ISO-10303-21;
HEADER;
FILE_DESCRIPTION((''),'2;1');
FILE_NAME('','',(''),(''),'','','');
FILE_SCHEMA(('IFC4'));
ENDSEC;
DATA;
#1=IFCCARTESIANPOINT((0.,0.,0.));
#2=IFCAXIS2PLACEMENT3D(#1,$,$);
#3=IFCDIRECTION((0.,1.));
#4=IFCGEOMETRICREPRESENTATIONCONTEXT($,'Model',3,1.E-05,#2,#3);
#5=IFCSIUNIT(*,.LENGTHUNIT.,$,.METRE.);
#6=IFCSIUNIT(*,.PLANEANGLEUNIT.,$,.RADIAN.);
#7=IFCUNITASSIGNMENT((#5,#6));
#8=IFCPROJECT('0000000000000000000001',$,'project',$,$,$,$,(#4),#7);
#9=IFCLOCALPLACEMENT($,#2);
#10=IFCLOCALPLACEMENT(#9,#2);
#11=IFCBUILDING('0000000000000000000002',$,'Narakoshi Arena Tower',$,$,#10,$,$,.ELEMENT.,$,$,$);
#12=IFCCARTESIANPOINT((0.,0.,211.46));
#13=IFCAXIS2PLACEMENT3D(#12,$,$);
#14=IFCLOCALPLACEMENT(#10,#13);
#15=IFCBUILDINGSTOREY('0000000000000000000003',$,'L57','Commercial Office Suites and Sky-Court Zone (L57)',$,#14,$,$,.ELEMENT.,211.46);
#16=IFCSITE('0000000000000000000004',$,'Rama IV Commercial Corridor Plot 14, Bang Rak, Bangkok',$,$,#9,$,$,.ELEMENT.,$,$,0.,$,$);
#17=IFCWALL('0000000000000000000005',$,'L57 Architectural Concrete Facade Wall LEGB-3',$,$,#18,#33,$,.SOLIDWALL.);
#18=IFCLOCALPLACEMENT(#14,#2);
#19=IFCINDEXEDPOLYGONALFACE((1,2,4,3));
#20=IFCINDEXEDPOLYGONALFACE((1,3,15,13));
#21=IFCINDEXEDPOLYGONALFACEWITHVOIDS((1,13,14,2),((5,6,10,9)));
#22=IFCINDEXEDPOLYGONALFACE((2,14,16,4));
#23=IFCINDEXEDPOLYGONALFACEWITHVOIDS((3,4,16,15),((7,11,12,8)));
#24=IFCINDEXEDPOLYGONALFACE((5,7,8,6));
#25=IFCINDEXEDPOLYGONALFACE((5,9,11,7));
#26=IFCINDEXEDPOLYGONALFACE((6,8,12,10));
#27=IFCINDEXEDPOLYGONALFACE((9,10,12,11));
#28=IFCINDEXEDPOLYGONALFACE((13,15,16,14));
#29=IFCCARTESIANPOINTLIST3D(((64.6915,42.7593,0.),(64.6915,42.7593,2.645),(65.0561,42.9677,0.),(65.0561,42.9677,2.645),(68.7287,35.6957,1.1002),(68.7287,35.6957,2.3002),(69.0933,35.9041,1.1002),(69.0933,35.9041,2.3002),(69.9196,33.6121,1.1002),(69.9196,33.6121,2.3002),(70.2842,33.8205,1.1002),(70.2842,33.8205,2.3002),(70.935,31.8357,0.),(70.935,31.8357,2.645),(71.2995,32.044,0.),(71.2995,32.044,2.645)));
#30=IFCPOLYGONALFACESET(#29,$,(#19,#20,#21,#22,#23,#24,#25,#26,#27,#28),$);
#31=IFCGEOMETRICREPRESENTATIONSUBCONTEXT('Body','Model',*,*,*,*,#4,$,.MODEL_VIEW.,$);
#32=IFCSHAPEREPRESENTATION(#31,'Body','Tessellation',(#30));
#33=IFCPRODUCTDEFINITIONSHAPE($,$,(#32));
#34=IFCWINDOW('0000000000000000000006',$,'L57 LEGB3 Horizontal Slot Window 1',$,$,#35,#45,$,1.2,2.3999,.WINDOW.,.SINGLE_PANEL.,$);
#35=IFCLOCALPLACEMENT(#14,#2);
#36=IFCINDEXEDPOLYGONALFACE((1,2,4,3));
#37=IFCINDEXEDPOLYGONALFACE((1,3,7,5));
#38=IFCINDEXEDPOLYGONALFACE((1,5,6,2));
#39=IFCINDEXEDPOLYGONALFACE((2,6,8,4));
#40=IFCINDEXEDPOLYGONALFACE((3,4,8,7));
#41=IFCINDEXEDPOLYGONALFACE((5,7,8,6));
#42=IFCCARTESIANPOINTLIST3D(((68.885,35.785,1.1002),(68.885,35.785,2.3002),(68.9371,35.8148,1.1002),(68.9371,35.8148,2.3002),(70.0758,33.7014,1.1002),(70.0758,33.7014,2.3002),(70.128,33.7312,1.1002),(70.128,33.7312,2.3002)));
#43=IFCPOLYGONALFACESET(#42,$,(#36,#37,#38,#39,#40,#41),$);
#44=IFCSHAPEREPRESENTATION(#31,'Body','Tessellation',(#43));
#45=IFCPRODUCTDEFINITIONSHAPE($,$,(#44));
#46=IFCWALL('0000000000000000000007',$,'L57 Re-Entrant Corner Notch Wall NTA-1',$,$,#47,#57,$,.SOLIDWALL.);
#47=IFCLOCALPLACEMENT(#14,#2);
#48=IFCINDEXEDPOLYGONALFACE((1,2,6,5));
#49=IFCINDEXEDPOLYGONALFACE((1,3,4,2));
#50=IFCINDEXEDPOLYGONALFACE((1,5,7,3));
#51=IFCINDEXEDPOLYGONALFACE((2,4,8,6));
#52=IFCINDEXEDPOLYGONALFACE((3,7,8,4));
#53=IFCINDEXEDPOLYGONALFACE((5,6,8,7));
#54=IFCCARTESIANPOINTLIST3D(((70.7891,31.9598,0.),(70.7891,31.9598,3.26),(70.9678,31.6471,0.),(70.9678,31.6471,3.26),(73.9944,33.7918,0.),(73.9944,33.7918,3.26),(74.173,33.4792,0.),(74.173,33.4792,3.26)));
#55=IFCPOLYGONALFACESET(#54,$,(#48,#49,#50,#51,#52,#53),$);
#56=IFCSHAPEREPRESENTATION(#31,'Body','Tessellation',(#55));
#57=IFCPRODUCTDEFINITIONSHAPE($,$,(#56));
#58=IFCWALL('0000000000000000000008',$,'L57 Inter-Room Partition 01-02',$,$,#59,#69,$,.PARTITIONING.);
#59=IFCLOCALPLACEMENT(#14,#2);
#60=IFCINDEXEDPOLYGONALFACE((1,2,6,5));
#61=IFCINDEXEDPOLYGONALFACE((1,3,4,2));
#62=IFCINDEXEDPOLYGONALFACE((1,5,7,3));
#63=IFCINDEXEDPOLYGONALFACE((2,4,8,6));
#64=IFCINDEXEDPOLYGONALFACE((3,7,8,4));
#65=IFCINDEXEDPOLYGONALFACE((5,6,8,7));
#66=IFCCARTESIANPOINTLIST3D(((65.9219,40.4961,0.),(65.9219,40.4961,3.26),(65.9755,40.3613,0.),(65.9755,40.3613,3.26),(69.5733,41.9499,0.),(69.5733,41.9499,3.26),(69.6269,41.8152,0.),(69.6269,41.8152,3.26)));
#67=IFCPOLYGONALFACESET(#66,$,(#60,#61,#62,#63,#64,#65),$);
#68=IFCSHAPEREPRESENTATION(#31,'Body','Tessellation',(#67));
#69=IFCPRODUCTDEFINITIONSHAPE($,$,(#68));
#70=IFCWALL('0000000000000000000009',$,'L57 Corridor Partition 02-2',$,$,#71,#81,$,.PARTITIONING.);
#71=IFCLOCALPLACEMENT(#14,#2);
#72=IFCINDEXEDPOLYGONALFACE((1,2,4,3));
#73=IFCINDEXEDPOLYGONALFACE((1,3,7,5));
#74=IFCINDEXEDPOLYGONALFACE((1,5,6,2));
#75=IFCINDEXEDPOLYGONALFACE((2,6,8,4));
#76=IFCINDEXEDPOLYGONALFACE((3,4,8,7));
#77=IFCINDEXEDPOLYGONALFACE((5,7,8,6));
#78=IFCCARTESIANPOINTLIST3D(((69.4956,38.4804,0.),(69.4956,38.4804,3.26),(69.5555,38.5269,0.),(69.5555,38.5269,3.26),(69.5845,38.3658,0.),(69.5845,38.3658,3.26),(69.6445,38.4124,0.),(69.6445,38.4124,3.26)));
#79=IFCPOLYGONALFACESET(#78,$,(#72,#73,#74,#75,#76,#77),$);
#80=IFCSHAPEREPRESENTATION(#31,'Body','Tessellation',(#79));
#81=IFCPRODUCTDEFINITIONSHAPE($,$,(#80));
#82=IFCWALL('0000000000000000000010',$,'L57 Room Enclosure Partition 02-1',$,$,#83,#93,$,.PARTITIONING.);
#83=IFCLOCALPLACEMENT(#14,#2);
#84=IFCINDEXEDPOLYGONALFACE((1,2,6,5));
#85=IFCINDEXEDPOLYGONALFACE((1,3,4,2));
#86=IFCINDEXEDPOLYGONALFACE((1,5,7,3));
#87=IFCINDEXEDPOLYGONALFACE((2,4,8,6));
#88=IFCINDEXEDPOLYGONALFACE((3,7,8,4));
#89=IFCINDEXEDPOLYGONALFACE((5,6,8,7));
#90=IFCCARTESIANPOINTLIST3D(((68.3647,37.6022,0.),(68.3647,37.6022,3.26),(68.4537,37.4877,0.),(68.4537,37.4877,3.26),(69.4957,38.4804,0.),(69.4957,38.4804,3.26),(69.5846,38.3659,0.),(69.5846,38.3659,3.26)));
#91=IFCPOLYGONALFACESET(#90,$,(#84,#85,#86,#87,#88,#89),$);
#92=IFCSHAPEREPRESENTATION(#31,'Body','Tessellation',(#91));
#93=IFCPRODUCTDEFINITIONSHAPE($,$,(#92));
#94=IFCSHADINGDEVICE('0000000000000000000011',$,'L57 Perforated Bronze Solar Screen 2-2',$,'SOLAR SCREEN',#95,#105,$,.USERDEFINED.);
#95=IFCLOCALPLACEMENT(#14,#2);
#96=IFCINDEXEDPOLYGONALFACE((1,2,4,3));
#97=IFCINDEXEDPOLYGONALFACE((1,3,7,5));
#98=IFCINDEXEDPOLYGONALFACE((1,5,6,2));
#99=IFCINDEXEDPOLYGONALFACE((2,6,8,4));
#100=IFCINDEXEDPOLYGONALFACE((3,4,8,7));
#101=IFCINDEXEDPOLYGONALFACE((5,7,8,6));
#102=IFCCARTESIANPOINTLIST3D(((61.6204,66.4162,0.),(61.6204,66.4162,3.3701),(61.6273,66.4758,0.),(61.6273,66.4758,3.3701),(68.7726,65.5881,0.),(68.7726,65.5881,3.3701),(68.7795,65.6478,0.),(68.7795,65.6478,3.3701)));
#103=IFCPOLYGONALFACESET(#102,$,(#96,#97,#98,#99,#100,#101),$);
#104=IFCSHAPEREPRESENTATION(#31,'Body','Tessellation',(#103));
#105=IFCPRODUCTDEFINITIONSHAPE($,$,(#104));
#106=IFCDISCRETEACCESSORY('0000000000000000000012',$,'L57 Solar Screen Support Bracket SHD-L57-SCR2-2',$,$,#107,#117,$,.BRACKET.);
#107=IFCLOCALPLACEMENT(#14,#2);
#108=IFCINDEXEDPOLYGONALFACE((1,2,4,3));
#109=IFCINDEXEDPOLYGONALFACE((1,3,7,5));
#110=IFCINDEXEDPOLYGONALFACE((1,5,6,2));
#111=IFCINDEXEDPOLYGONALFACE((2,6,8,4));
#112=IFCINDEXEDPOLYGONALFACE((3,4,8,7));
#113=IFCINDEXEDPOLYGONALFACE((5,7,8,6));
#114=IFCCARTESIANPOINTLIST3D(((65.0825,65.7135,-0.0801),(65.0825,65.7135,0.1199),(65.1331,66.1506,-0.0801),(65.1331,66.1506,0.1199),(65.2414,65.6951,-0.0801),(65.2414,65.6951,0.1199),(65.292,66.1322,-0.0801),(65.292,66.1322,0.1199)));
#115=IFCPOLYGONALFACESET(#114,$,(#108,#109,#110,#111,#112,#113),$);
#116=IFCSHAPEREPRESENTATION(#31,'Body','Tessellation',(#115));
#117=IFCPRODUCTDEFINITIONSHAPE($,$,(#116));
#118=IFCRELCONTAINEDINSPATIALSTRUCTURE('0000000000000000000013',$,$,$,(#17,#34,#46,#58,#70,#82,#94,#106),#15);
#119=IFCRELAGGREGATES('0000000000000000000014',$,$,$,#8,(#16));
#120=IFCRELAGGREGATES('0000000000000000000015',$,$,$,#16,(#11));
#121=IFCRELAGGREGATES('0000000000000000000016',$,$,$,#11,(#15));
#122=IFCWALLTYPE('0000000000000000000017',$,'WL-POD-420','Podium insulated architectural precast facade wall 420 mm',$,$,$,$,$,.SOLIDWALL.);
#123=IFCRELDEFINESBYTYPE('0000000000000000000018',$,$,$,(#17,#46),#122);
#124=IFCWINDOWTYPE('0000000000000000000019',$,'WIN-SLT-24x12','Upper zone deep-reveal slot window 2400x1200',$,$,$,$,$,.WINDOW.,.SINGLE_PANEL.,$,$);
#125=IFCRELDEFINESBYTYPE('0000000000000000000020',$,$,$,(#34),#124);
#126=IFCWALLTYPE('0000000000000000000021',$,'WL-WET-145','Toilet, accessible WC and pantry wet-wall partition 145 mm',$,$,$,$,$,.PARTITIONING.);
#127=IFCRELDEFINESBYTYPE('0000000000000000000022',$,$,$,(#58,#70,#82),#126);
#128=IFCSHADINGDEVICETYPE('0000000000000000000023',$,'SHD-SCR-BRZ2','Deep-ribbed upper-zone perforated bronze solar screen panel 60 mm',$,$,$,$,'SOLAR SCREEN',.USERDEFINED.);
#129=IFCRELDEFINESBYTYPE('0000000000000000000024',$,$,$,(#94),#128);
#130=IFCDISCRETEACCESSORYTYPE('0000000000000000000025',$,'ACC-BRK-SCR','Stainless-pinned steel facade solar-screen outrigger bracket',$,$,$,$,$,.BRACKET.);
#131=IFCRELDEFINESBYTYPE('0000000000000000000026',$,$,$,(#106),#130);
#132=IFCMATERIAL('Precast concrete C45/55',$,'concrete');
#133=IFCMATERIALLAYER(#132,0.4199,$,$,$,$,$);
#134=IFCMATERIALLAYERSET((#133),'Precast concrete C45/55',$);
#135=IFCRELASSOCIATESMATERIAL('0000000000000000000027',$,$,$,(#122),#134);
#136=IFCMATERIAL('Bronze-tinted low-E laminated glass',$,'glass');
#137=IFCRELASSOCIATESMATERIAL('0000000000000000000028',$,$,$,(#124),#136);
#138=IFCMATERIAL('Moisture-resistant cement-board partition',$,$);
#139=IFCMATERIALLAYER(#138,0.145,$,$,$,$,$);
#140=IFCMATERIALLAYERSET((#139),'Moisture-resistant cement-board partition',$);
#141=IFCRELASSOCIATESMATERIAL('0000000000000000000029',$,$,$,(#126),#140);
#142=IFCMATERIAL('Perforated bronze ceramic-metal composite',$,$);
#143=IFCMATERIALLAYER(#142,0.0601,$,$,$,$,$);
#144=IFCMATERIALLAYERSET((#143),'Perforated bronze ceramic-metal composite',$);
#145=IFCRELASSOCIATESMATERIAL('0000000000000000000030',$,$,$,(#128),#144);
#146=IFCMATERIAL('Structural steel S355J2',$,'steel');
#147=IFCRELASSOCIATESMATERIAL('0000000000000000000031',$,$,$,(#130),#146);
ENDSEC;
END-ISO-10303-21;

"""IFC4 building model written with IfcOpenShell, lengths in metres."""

from ifc_helpers import new_model, si_unit, direction, frame, frame_2d, origin, origin_2d, place, context, subcontext, project, spatial, rectangle, extrude, material, layer, layer_set, type_object, element, fill, save


model = new_model("IFC4")

# Units and contexts
model_context = context("Model", 3, precision=1e-05, world=origin(), true_north=direction((0.0, 1.0)))
body_context = subcontext(model_context, "Body", "Model", "MODEL_VIEW")
ifc_project = project(units=[si_unit("LENGTHUNIT", "METRE"), si_unit("PLANEANGLEUNIT", "RADIAN")], contexts=[model_context])

# Site, building, storey
site_placement = place(None, origin())
site = spatial("IfcSite", under=ifc_project, at=site_placement, Name="Rama IV Commercial Corridor Plot 14, Bang Rak, Bangkok", CompositionType="ELEMENT", RefElevation=0.0)
building_placement = place(site_placement, origin())
building = spatial("IfcBuilding", under=site, at=building_placement, Name="Narakoshi Arena Tower", CompositionType="ELEMENT")
storey_placement = place(building_placement, frame((0.0, 0.0, 211.46)))
storey = spatial("IfcBuildingStorey", under=building, at=storey_placement, Name="L57", Description="Commercial Office Suites and Sky-Court Zone (L57)", CompositionType="ELEMENT", Elevation=211.46)

# Shared definitions
ifc_material_1 = material(Name="Structural steel S355J2", Category="steel")

# Shared definitions
ifc_material_2 = material(Name="Bronze-tinted low-E laminated glass", Category="glass")

# Wall, opening, window
ifc_material_3 = material(Name="Precast concrete C45/55", Category="concrete")
ifc_layer_1 = layer(ifc_material_3, 0.4199)
ifc_layer_set_1 = layer_set([ifc_layer_1], Name="Precast concrete C45/55")
wall_type_1 = type_object("IfcWallType", Name="WL-POD-420", Description="Podium insulated architectural precast facade wall 420 mm", PredefinedType="SOLIDWALL", material=ifc_layer_set_1)
wall_1_placement = place(storey_placement, frame((64.8738, 42.8635, 0.0), z_axis=(0.0, 0.0, 1.0), x_axis=(0.49622, -0.868197, 0.0)))
wall_1 = element("IfcWall", 1, at=wall_1_placement, inside=storey, type_object=wall_type_1, Name="L57 Architectural Concrete Facade Wall LEGB-3", PredefinedType="SOLIDWALL", context=body_context, shape_type="SweptSolid", body=[
    extrude(rectangle(XDim=12.582, YDim=0.4199, at=frame_2d((6.291, 0.0))), origin(), (0.0, 0.0, 1.0), 2.645),
])
opening_1_placement = place(wall_1_placement, frame((8.136, 0.0, 1.1001)))
opening_1 = element("IfcOpeningElement", 2, at=opening_1_placement, cuts=wall_1, PredefinedType="OPENING", context=body_context, shape_type="SweptSolid", body=[
    extrude(rectangle(XDim=2.3999, YDim=1.2, at=frame_2d((1.2, 0.6001))), frame((0.0, 0.22, 0.0), z_axis=(0.0, -1.0, 0.0), x_axis=(1.0, 0.0, 0.0)), (0.0, 0.0, 1.0), 0.4399),
])
window_type = type_object("IfcWindowType", Name="WIN-SLT-24x12", Description="Upper zone deep-reveal slot window 2400x1200", PartitioningType="SINGLE_PANEL", PredefinedType="WINDOW", material=ifc_material_2)
window_placement = place(opening_1_placement, origin())
window = element("IfcWindow", 3, at=window_placement, inside=storey, type_object=window_type, Name="L57 LEGB3 Horizontal Slot Window 1", OverallHeight=1.2, OverallWidth=2.3999, PartitioningType="SINGLE_PANEL", PredefinedType="WINDOW", context=body_context, shape_type="SweptSolid", body=[
    extrude(rectangle(XDim=2.3999, YDim=1.2, at=frame_2d((1.2, 0.6001))), frame((0.0, 0.03, 0.0), z_axis=(0.0, -1.0, 0.0), x_axis=(1.0, 0.0, 0.0)), (0.0, 0.0, 1.0), 0.0601),
])
fill(opening_1, window)

# Walls
wall_2_placement = place(storey_placement, frame((70.8784, 31.8035, 0.0), z_axis=(0.0, 0.0, 1.0), x_axis=(0.868194, 0.496224, 0.0)))
element("IfcWall", 4, at=wall_2_placement, inside=storey, type_object=wall_type_1, Name="L57 Re-Entrant Corner Notch Wall NTA-1", PredefinedType="SOLIDWALL", context=body_context, shape_type="SweptSolid", body=[
    extrude(rectangle(XDim=3.6919, YDim=0.3601, at=frame_2d((1.8459, 0.0))), origin(), (0.0, 0.0, 1.0), 3.26),
])
ifc_material_4 = material(Name="Moisture-resistant cement-board partition")
ifc_layer_2 = layer(ifc_material_4, 0.145)
ifc_layer_set_2 = layer_set([ifc_layer_2], Name="Moisture-resistant cement-board partition")
wall_type_2 = type_object("IfcWallType", Name="WL-WET-145", Description="Toilet, accessible WC and pantry wet-wall partition 145 mm", PredefinedType="PARTITIONING", material=ifc_layer_set_2)
wall_3_placement = place(storey_placement, frame((69.6001, 41.8826, 0.0), z_axis=(0.0, 0.0, 1.0), x_axis=(-0.929062, -0.369923, 0.0)))
element("IfcWall", 5, at=wall_3_placement, inside=storey, type_object=wall_type_2, Name="L57 Inter-Room Partition 01-02", PredefinedType="PARTITIONING", context=body_context, shape_type="SweptSolid", body=[
    extrude(rectangle(XDim=3.9302, YDim=0.145, at=frame_2d((1.9651, 0.0))), origin(), (0.0, 0.0, 1.0), 3.26),
])

# Walls
wall_4_placement = place(storey_placement, frame((69.6001, 38.4697, 0.0), z_axis=(0.0, 0.0, 1.0), x_axis=(-0.789871, -0.613274, 0.0)))
element("IfcWall", 6, at=wall_4_placement, inside=storey, type_object=wall_type_2, Name="L57 Corridor Partition 02-2", PredefinedType="PARTITIONING", context=body_context, shape_type="SweptSolid", body=[
    extrude(rectangle(XDim=0.0759, YDim=0.145, at=frame_2d((0.0381, 0.0))), origin(), (0.0, 0.0, 1.0), 3.26),
])
wall_5_placement = place(storey_placement, frame((69.54, 38.4231, 0.0), z_axis=(0.0, 0.0, 1.0), x_axis=(-0.78982, -0.613338, 0.0)))
element("IfcWall", 7, at=wall_5_placement, inside=storey, type_object=wall_type_2, Name="L57 Room Enclosure Partition 02-1", PredefinedType="PARTITIONING", context=body_context, shape_type="SweptSolid", body=[
    extrude(rectangle(XDim=1.4319, YDim=0.145, at=frame_2d((0.7158, 0.0))), origin(), (0.0, 0.0, 1.0), 3.26),
])

# Shading device
ifc_material_5 = material(Name="Perforated bronze ceramic-metal composite")
ifc_layer_3 = layer(ifc_material_5, 0.0601)
ifc_layer_set_3 = layer_set([ifc_layer_3], Name="Perforated bronze ceramic-metal composite")
shading_device_type = type_object("IfcShadingDeviceType", Name="SHD-SCR-BRZ2", Description="Deep-ribbed upper-zone perforated bronze solar screen panel 60 mm", ElementType="SOLAR SCREEN", PredefinedType="USERDEFINED", material=ifc_layer_set_3)
shading_device_placement = place(storey_placement, frame((65.2, 66.032, 0.0), z_axis=(0.0, 0.0, 1.0), x_axis=(-0.993365, 0.115007, 0.0)))
element("IfcShadingDevice", 8, at=shading_device_placement, inside=storey, type_object=shading_device_type, Name="L57 Perforated Bronze Solar Screen 2-2", ObjectType="SOLAR SCREEN", PredefinedType="USERDEFINED", context=body_context, shape_type="SweptSolid", body=[
    extrude(rectangle(XDim=7.2, YDim=0.0601, at=origin_2d()), origin(), (0.0, 0.0, 1.0), 3.3701),
])

# Discrete accessory
discrete_accessory_type = type_object("IfcDiscreteAccessoryType", Name="ACC-BRK-SCR", Description="Stainless-pinned steel facade solar-screen outrigger bracket", PredefinedType="BRACKET", material=ifc_material_1)
discrete_accessory_placement = place(storey_placement, frame((65.1873, 65.9229, -0.0801), z_axis=(0.0, 0.0, 1.0), x_axis=(-0.993365, 0.115007, 0.0)))
element("IfcDiscreteAccessory", 9, at=discrete_accessory_placement, inside=storey, type_object=discrete_accessory_type, Name="L57 Solar Screen Support Bracket SHD-L57-SCR2-2", PredefinedType="BRACKET", context=body_context, shape_type="SweptSolid", body=[
    extrude(rectangle(XDim=0.1599, YDim=0.4399, at=origin_2d()), origin(), (0.0, 0.0, 1.0), 0.2),
])

save(model, "model.ifc")
